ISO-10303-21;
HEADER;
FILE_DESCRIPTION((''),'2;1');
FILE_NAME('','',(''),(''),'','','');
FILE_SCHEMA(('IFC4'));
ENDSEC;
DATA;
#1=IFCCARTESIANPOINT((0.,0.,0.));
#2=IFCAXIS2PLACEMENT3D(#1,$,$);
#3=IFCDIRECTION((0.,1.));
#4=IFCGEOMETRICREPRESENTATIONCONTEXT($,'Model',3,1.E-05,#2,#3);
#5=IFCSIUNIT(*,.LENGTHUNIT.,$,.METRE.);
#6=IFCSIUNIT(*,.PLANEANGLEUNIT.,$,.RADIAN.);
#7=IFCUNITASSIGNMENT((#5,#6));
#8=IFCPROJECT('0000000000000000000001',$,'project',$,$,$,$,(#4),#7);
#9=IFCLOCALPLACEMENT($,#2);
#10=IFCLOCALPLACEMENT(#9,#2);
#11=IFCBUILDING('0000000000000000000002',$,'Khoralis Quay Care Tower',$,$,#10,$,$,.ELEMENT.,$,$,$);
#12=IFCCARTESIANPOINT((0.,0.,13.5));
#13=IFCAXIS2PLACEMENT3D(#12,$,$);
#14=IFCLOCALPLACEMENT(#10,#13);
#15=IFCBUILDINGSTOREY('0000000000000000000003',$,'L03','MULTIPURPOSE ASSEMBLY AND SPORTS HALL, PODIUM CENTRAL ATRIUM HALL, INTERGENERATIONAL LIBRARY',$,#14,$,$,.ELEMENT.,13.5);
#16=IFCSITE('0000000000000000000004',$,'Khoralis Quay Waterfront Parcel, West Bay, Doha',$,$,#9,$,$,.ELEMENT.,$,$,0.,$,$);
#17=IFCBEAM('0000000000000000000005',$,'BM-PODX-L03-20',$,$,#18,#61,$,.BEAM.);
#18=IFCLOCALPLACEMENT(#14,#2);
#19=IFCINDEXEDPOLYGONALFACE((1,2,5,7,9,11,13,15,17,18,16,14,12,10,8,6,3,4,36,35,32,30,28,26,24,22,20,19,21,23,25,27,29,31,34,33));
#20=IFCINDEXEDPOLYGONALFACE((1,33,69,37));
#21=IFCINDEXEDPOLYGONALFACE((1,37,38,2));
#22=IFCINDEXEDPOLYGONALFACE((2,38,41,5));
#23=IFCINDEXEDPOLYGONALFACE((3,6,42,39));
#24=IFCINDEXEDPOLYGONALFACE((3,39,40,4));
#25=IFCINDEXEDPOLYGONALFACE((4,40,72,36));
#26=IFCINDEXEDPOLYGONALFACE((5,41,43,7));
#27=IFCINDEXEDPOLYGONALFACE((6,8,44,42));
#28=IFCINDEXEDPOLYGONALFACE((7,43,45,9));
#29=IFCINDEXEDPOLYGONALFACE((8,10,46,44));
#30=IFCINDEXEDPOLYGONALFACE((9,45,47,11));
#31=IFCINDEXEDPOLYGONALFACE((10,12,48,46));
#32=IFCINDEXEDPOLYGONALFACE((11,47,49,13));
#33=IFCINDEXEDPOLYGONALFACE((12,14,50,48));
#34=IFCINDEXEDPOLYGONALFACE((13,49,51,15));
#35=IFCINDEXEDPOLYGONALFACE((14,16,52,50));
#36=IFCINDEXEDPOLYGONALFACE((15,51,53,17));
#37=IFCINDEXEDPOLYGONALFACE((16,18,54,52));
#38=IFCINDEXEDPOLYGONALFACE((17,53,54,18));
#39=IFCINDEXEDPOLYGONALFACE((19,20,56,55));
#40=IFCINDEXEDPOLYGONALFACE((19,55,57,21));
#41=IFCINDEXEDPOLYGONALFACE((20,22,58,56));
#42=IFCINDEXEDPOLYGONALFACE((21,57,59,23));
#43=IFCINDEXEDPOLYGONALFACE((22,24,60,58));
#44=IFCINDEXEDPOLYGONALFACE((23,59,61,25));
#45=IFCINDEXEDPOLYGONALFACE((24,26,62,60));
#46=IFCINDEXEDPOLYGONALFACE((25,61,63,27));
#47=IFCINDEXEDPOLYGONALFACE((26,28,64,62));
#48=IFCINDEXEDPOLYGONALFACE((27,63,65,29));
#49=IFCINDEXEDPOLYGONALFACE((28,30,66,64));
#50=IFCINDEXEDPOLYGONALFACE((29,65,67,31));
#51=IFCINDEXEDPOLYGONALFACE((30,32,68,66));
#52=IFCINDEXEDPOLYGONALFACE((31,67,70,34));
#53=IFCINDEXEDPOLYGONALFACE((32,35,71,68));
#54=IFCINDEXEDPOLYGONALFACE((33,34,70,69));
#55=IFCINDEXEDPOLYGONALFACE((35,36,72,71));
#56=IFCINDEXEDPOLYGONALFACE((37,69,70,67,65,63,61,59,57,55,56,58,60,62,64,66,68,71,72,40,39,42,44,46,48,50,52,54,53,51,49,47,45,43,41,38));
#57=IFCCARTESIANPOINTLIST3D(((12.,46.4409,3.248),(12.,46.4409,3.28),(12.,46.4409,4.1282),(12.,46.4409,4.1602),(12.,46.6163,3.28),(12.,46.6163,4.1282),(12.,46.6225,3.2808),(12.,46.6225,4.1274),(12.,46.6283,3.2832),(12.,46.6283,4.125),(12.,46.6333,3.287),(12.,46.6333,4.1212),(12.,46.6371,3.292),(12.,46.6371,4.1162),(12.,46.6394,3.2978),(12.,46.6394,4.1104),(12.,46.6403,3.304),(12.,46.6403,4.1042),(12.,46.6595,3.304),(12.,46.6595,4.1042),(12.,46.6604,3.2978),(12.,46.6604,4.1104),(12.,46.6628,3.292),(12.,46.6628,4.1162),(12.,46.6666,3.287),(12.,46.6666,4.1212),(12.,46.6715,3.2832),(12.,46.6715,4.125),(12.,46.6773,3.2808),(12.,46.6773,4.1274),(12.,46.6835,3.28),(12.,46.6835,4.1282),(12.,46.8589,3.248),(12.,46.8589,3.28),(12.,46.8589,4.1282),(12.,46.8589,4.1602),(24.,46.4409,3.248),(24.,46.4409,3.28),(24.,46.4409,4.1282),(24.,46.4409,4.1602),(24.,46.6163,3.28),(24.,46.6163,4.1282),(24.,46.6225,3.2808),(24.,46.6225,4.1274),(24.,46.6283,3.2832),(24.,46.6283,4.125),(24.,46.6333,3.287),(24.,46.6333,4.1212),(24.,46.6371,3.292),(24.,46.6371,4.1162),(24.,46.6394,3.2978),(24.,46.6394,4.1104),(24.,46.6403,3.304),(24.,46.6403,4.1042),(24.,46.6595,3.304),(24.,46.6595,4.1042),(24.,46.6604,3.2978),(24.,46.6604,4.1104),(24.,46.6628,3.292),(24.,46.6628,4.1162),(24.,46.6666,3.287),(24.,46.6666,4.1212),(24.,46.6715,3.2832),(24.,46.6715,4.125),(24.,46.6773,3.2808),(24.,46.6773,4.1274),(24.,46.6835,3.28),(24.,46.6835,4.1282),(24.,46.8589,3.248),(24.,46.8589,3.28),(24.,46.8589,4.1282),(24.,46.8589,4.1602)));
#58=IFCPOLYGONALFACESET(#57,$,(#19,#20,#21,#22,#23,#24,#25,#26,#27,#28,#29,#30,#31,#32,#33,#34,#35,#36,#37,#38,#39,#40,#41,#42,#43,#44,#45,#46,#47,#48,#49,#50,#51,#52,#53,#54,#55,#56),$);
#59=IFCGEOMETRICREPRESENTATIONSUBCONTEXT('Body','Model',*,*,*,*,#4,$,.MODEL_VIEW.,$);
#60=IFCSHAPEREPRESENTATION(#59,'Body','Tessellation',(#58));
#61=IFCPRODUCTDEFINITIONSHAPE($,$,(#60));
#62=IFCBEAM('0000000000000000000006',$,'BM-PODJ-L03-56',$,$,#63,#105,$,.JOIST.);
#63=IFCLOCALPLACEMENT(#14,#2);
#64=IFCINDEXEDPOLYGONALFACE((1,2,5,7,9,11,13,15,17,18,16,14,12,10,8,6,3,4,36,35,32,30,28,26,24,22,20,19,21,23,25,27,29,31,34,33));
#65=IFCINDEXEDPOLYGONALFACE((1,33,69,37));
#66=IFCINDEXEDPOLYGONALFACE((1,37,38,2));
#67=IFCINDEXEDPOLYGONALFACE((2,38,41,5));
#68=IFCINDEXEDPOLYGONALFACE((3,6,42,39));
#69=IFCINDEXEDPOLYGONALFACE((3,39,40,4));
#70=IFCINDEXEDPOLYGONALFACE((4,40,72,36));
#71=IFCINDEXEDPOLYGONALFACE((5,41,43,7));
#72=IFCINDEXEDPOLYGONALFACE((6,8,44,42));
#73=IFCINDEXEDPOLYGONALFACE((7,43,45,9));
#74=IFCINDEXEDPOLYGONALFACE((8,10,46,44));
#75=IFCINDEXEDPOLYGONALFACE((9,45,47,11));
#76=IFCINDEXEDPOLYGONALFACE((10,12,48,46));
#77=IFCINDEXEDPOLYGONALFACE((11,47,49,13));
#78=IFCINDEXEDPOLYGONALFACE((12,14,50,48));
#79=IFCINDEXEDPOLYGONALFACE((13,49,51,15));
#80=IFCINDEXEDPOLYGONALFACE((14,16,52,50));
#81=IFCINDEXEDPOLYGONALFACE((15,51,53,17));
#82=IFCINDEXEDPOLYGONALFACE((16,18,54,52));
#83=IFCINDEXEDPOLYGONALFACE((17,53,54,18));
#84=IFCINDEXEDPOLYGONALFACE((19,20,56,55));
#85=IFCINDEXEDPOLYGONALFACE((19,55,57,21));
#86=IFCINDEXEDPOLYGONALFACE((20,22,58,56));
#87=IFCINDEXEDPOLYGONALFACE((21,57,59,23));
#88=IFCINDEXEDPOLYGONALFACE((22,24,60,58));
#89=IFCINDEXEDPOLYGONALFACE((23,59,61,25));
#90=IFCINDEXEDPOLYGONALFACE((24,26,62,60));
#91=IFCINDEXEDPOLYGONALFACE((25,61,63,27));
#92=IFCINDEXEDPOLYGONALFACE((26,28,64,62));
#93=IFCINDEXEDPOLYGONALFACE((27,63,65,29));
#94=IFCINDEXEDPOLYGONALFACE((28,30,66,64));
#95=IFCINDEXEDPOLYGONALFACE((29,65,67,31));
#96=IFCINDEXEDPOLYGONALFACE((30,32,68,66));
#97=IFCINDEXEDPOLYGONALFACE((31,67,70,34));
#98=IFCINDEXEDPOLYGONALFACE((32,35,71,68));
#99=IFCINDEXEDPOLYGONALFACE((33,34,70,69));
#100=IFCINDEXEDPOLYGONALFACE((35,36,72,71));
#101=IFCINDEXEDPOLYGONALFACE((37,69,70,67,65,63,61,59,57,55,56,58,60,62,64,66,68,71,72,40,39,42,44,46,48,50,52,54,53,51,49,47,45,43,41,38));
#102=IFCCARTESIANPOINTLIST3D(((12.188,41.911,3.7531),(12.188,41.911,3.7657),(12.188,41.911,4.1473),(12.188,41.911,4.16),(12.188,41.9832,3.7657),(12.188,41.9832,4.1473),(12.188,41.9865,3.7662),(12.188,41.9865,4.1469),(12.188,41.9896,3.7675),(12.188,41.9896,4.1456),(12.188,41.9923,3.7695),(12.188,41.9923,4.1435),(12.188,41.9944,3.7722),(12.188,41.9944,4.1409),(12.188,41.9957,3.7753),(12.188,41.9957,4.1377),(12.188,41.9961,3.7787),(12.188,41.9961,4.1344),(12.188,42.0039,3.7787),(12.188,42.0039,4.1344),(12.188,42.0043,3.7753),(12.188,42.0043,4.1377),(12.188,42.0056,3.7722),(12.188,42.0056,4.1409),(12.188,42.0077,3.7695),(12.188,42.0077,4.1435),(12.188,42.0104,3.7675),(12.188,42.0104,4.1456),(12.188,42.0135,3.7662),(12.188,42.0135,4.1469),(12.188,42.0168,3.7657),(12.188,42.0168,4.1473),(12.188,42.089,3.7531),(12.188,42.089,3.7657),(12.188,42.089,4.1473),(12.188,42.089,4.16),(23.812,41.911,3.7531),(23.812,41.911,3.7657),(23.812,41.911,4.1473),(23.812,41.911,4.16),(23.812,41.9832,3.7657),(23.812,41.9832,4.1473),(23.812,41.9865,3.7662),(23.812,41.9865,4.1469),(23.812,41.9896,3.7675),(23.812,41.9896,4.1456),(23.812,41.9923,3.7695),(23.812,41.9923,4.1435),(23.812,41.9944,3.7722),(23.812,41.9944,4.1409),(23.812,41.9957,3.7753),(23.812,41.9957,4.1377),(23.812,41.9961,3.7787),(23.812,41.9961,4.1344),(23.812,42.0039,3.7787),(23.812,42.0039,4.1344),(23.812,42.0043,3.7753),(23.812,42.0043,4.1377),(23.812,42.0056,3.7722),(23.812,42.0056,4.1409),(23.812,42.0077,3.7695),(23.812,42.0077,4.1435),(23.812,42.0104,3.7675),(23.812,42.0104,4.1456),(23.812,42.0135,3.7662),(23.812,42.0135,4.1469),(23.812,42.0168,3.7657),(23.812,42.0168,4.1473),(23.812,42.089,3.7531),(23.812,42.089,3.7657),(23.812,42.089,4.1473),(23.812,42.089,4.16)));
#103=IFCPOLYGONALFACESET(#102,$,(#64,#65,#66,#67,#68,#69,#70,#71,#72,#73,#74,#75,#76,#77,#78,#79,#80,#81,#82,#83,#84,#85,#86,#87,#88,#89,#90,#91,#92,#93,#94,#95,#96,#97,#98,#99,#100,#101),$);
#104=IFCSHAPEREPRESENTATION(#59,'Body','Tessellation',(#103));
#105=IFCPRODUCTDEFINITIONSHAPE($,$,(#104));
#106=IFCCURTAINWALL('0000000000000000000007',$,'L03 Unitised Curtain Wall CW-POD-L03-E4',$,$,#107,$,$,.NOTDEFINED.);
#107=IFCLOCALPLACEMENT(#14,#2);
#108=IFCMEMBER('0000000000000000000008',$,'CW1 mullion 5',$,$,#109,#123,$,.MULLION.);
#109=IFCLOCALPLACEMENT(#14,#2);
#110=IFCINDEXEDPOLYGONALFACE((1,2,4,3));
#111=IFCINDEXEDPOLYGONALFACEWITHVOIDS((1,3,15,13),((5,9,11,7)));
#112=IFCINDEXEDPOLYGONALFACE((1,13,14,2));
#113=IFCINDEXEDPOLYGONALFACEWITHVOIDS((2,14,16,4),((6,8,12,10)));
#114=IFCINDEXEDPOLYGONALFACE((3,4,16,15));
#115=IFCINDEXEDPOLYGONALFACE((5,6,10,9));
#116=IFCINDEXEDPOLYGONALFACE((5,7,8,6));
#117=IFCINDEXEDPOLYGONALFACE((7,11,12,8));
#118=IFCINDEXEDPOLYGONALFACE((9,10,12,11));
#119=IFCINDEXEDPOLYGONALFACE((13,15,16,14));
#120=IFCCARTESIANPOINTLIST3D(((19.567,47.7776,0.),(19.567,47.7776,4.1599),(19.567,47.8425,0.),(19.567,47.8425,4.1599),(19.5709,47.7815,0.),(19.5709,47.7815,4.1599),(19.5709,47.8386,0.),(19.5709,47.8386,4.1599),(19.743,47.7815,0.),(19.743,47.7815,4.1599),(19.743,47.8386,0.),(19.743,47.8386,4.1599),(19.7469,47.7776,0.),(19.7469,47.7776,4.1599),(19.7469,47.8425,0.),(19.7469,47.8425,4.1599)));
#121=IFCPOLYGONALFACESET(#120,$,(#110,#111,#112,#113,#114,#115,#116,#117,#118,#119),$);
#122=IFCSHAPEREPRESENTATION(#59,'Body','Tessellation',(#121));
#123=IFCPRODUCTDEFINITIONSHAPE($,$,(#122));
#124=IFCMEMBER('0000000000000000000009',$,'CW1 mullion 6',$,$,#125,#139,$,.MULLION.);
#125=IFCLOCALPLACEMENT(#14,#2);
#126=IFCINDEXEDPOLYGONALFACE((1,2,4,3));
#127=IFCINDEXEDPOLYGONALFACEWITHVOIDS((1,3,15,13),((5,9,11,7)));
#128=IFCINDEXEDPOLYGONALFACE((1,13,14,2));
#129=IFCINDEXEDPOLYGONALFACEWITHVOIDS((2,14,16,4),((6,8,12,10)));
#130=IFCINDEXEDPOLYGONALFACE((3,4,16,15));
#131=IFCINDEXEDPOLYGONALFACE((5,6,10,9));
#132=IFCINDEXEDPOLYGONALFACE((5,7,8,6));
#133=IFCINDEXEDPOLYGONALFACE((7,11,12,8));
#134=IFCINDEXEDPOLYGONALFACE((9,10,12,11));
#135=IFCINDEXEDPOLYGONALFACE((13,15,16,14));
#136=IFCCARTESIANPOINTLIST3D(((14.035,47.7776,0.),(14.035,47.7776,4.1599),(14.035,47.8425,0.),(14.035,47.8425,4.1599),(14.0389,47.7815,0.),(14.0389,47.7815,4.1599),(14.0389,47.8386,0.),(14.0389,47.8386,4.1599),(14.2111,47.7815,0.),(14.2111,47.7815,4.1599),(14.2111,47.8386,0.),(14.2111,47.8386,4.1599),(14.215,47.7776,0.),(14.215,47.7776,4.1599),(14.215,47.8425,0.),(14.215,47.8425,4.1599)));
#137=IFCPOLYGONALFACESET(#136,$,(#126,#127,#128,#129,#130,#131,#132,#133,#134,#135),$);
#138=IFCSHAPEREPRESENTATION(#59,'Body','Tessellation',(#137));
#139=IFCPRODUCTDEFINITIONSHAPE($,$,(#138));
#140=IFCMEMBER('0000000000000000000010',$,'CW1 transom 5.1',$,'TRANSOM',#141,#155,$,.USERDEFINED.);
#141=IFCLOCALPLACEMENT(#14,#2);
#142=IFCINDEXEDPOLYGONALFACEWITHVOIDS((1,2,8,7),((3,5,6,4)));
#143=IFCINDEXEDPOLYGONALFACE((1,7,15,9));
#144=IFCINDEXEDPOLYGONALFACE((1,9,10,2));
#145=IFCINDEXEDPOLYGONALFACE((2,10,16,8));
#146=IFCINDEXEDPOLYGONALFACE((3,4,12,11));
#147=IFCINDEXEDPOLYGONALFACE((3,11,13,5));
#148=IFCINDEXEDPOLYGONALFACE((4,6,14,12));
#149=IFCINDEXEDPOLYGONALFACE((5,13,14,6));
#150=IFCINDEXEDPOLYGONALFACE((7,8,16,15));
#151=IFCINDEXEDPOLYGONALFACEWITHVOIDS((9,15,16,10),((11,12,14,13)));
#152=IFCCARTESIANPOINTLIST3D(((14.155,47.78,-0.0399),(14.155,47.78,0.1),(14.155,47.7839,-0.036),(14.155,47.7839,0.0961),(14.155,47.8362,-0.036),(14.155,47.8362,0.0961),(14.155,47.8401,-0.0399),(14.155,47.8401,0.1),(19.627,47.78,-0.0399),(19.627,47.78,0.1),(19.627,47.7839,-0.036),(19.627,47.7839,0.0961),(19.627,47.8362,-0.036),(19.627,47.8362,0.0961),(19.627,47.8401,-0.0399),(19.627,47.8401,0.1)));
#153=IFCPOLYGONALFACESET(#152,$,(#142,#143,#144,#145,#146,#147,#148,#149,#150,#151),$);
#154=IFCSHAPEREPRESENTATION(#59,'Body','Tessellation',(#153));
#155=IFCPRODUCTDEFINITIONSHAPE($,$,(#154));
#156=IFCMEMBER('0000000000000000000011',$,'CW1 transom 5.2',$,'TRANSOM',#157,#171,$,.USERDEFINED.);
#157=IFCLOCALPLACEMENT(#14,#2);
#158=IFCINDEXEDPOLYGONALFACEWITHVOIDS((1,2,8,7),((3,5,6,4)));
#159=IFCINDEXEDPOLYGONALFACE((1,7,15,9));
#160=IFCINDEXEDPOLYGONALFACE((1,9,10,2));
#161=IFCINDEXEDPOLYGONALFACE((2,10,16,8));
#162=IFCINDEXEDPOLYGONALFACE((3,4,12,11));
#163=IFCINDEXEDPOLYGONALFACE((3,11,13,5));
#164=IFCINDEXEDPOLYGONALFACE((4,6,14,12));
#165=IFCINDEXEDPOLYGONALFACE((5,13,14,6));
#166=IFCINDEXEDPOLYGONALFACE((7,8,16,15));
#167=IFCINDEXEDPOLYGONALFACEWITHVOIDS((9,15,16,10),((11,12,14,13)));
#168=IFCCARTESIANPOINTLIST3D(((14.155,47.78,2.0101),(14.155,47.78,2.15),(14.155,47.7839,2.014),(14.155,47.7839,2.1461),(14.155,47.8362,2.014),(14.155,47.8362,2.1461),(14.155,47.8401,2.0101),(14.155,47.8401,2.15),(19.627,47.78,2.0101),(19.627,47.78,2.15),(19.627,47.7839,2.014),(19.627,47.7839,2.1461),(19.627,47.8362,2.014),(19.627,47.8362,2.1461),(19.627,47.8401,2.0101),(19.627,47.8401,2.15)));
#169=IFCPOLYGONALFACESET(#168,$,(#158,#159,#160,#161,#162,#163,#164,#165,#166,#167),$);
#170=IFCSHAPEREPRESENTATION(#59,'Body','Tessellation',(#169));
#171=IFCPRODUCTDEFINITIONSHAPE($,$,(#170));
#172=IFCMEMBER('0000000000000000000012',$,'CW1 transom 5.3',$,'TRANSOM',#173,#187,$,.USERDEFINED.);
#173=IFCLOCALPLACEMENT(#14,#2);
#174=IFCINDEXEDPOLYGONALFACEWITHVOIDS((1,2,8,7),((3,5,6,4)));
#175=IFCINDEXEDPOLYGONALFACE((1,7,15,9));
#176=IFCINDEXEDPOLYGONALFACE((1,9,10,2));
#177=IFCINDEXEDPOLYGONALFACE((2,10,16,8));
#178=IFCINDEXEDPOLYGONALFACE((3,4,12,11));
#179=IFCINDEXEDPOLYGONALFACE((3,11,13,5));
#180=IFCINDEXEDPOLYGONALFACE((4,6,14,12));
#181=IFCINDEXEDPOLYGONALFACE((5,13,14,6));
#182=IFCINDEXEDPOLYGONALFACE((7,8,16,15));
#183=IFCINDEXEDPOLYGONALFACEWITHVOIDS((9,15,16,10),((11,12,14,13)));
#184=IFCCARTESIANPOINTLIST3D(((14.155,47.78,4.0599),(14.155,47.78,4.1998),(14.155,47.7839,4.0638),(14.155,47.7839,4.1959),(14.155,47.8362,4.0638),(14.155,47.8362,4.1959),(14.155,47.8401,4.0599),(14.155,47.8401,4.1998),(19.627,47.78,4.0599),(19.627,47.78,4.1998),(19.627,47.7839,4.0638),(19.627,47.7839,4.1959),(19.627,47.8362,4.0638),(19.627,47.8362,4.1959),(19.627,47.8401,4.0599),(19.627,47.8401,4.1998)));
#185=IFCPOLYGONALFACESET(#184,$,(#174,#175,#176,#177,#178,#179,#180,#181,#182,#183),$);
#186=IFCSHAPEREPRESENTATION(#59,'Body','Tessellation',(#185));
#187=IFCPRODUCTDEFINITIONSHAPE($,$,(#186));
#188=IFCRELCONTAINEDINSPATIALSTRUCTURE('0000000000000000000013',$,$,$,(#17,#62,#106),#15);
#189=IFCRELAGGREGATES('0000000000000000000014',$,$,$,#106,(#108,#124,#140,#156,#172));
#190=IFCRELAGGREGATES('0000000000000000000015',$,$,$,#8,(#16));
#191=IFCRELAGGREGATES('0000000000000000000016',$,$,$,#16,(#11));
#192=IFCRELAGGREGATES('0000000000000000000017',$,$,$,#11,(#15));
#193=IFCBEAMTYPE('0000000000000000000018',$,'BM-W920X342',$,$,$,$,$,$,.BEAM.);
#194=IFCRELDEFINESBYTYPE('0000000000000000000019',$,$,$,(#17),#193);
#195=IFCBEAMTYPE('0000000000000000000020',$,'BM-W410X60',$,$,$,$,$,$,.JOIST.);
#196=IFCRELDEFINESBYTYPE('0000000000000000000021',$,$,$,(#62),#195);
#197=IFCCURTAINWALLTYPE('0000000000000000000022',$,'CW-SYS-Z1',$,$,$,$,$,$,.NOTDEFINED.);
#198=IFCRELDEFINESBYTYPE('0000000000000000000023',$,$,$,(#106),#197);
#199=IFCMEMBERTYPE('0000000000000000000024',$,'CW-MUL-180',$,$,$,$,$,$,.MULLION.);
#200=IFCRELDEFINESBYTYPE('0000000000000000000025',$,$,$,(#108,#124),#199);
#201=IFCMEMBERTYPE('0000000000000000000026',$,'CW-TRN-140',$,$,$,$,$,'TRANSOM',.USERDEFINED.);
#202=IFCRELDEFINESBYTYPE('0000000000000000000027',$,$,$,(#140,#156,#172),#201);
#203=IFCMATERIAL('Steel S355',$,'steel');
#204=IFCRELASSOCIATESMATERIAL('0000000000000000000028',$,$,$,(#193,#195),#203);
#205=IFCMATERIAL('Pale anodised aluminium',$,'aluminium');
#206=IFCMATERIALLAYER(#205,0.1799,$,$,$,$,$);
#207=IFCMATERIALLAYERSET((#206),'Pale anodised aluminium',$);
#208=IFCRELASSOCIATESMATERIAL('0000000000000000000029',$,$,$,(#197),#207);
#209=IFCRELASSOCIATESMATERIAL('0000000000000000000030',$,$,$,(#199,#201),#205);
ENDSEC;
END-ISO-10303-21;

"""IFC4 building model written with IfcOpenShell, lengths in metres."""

from ifc_helpers import new_model, si_unit, direction, frame, origin, origin_2d, place, context, subcontext, project, spatial, hollow_rectangle, i_section, extrude, source, transform, mapped, material, layer, layer_set, material_profile, profile_set, type_object, element, aggregate, save


model = new_model("IFC4")

# Units and contexts
model_context = context("Model", 3, precision=1e-05, world=origin(), true_north=direction((0.0, 1.0)))
body_context = subcontext(model_context, "Body", "Model", "MODEL_VIEW")
ifc_project = project(units=[si_unit("LENGTHUNIT", "METRE"), si_unit("PLANEANGLEUNIT", "RADIAN")], contexts=[model_context])

# Site, building, storey
site_placement = place(None, origin())
site = spatial("IfcSite", under=ifc_project, at=site_placement, Name="Khoralis Quay Waterfront Parcel, West Bay, Doha", CompositionType="ELEMENT", RefElevation=0.0)
building_placement = place(site_placement, origin())
building = spatial("IfcBuilding", under=site, at=building_placement, Name="Khoralis Quay Care Tower", CompositionType="ELEMENT")
storey_placement = place(building_placement, frame((0.0, 0.0, 13.5)))
storey = spatial("IfcBuildingStorey", under=building, at=storey_placement, Name="L03", Description="MULTIPURPOSE ASSEMBLY AND SPORTS HALL, PODIUM CENTRAL ATRIUM HALL, INTERGENERATIONAL LIBRARY", CompositionType="ELEMENT", Elevation=13.5)

# Beams
ifc_material_1 = material(Name="Steel S355", Category="steel")
ifc_material_profile_1 = material_profile(ifc_material_1, i_section(OverallWidth=0.418, OverallDepth=0.9121, WebThickness=0.0193, FlangeThickness=0.032, FilletRadius=0.0239, at=origin_2d()), Name="Steel S355")
ifc_profile_set_1 = profile_set([ifc_material_profile_1], Name="Steel S355")
beam_type_1 = type_object("IfcBeamType", Name="BM-W920X342", PredefinedType="BEAM", material=ifc_profile_set_1)
shared_shape_1 = source(origin(), body_context, "Body", "SweptSolid", [
    extrude(i_section(OverallWidth=0.418, OverallDepth=0.9121, WebThickness=0.0193, FlangeThickness=0.032, FilletRadius=0.0239, at=origin_2d()), origin(), (0.0, 0.0, 1.0), 12.0),
])
beam_1_placement = place(storey_placement, frame((12.0, 46.6499, 3.7041), z_axis=(1.0, 0.0, 0.0), x_axis=(0.0, 1.0, 0.0)))
element("IfcBeam", 1, at=beam_1_placement, inside=storey, type_object=beam_type_1, Name="BM-PODX-L03-20", PredefinedType="BEAM", context=body_context, shape_type="MappedRepresentation", body=[
    mapped(shared_shape_1, transform((0.0, 0.0, 0.0), scale=1.0)),
])
ifc_material_profile_2 = material_profile(ifc_material_1, i_section(OverallWidth=0.178, OverallDepth=0.407, WebThickness=0.0078, FlangeThickness=0.0127, FilletRadius=0.0129, at=origin_2d()), Name="Steel S355")
ifc_profile_set_2 = profile_set([ifc_material_profile_2], Name="Steel S355")
beam_type_2 = type_object("IfcBeamType", Name="BM-W410X60", PredefinedType="JOIST", material=ifc_profile_set_2)
shared_shape_2 = source(origin(), body_context, "Body", "SweptSolid", [
    extrude(i_section(OverallWidth=0.178, OverallDepth=0.407, WebThickness=0.0078, FlangeThickness=0.0127, FilletRadius=0.0129, at=origin_2d()), origin(), (0.0, 0.0, 1.0), 11.624),
])
beam_2_placement = place(storey_placement, frame((12.188, 42.0, 3.9565), z_axis=(1.0, 0.0, 0.0), x_axis=(0.0, 1.0, 0.0)))
element("IfcBeam", 2, at=beam_2_placement, inside=storey, type_object=beam_type_2, Name="BM-PODJ-L03-56", PredefinedType="JOIST", context=body_context, shape_type="MappedRepresentation", body=[
    mapped(shared_shape_2, transform((0.0, 0.0, 0.0), scale=1.0)),
])

# Curtain wall, members
ifc_material_2 = material(Name="Pale anodised aluminium", Category="aluminium")
ifc_layer_1 = layer(ifc_material_2, 0.1799)
ifc_layer_set_1 = layer_set([ifc_layer_1], Name="Pale anodised aluminium")
curtain_wall_type = type_object("IfcCurtainWallType", Name="CW-SYS-Z1", PredefinedType="NOTDEFINED", material=ifc_layer_set_1)
curtain_wall_placement = place(storey_placement, origin())
curtain_wall = element("IfcCurtainWall", 3, at=curtain_wall_placement, inside=storey, type_object=curtain_wall_type, Name="L03 Unitised Curtain Wall CW-POD-L03-E4", PredefinedType="NOTDEFINED")
ifc_material_profile_3 = material_profile(ifc_material_2, hollow_rectangle(XDim=0.0649, YDim=0.1799, WallThickness=0.0039, at=origin_2d()), Name="Pale anodised aluminium")
ifc_profile_set_3 = profile_set([ifc_material_profile_3], Name="Pale anodised aluminium")
member_type_1 = type_object("IfcMemberType", Name="CW-MUL-180", PredefinedType="MULLION", material=ifc_profile_set_3)
shared_shape_3 = source(origin(), body_context, "Body", "SweptSolid", [
    extrude(hollow_rectangle(XDim=0.0649, YDim=0.1799, WallThickness=0.0039, at=origin_2d()), origin(), (0.0, 0.0, 1.0), 4.1599),
])
member_1_placement = place(storey_placement, frame((19.657, 47.8101, 0.0), z_axis=(0.0, 0.0, 1.0), x_axis=(0.0, -1.0, 0.0)))
member_1 = element("IfcMember", 4, at=member_1_placement, type_object=member_type_1, Name="CW1 mullion 5", PredefinedType="MULLION", context=body_context, shape_type="MappedRepresentation", body=[
    mapped(shared_shape_3, transform((0.0, 0.0, 0.0), scale=1.0)),
])
member_2_placement = place(storey_placement, frame((14.125, 47.8101, 0.0), z_axis=(0.0, 0.0, 1.0), x_axis=(0.0, -1.0, 0.0)))
member_2 = element("IfcMember", 5, at=member_2_placement, type_object=member_type_1, Name="CW1 mullion 6", PredefinedType="MULLION", context=body_context, shape_type="MappedRepresentation", body=[
    mapped(shared_shape_3, transform((0.0, 0.0, 0.0), scale=1.0)),
])
ifc_material_profile_4 = material_profile(ifc_material_2, hollow_rectangle(XDim=0.0601, YDim=0.1399, WallThickness=0.0039, at=origin_2d()), Name="Pale anodised aluminium")
ifc_profile_set_4 = profile_set([ifc_material_profile_4], Name="Pale anodised aluminium")
member_type_2 = type_object("IfcMemberType", Name="CW-TRN-140", ElementType="TRANSOM", PredefinedType="USERDEFINED", material=ifc_profile_set_4)
shared_shape_4 = source(origin(), body_context, "Body", "SweptSolid", [
    extrude(hollow_rectangle(XDim=0.0601, YDim=0.1399, WallThickness=0.0039, at=origin_2d()), origin(), (0.0, 0.0, 1.0), 5.4719),
])
member_3_placement = place(storey_placement, frame((19.627, 47.8101, 0.03), z_axis=(-1.0, 0.0, 0.0), x_axis=(0.0, -1.0, 0.0)))
member_3 = element("IfcMember", 6, at=member_3_placement, type_object=member_type_2, Name="CW1 transom 5.1", ObjectType="TRANSOM", PredefinedType="USERDEFINED", context=body_context, shape_type="MappedRepresentation", body=[
    mapped(shared_shape_4, transform((0.0, 0.0, 0.0), scale=1.0)),
])
member_4_placement = place(storey_placement, frame((19.627, 47.8101, 2.0801), z_axis=(-1.0, 0.0, 0.0), x_axis=(0.0, -1.0, 0.0)))
member_4 = element("IfcMember", 7, at=member_4_placement, type_object=member_type_2, Name="CW1 transom 5.2", ObjectType="TRANSOM", PredefinedType="USERDEFINED", context=body_context, shape_type="MappedRepresentation", body=[
    mapped(shared_shape_4, transform((0.0, 0.0, 0.0), scale=1.0)),
])
member_5_placement = place(storey_placement, frame((19.627, 47.8101, 4.1299), z_axis=(-1.0, 0.0, 0.0), x_axis=(0.0, -1.0, 0.0)))
member_5 = element("IfcMember", 8, at=member_5_placement, type_object=member_type_2, Name="CW1 transom 5.3", ObjectType="TRANSOM", PredefinedType="USERDEFINED", context=body_context, shape_type="MappedRepresentation", body=[
    mapped(shared_shape_4, transform((0.0, 0.0, 0.0), scale=1.0)),
])
aggregate(curtain_wall, [member_1, member_2, member_3, member_4, member_5])

save(model, "model.ifc")
